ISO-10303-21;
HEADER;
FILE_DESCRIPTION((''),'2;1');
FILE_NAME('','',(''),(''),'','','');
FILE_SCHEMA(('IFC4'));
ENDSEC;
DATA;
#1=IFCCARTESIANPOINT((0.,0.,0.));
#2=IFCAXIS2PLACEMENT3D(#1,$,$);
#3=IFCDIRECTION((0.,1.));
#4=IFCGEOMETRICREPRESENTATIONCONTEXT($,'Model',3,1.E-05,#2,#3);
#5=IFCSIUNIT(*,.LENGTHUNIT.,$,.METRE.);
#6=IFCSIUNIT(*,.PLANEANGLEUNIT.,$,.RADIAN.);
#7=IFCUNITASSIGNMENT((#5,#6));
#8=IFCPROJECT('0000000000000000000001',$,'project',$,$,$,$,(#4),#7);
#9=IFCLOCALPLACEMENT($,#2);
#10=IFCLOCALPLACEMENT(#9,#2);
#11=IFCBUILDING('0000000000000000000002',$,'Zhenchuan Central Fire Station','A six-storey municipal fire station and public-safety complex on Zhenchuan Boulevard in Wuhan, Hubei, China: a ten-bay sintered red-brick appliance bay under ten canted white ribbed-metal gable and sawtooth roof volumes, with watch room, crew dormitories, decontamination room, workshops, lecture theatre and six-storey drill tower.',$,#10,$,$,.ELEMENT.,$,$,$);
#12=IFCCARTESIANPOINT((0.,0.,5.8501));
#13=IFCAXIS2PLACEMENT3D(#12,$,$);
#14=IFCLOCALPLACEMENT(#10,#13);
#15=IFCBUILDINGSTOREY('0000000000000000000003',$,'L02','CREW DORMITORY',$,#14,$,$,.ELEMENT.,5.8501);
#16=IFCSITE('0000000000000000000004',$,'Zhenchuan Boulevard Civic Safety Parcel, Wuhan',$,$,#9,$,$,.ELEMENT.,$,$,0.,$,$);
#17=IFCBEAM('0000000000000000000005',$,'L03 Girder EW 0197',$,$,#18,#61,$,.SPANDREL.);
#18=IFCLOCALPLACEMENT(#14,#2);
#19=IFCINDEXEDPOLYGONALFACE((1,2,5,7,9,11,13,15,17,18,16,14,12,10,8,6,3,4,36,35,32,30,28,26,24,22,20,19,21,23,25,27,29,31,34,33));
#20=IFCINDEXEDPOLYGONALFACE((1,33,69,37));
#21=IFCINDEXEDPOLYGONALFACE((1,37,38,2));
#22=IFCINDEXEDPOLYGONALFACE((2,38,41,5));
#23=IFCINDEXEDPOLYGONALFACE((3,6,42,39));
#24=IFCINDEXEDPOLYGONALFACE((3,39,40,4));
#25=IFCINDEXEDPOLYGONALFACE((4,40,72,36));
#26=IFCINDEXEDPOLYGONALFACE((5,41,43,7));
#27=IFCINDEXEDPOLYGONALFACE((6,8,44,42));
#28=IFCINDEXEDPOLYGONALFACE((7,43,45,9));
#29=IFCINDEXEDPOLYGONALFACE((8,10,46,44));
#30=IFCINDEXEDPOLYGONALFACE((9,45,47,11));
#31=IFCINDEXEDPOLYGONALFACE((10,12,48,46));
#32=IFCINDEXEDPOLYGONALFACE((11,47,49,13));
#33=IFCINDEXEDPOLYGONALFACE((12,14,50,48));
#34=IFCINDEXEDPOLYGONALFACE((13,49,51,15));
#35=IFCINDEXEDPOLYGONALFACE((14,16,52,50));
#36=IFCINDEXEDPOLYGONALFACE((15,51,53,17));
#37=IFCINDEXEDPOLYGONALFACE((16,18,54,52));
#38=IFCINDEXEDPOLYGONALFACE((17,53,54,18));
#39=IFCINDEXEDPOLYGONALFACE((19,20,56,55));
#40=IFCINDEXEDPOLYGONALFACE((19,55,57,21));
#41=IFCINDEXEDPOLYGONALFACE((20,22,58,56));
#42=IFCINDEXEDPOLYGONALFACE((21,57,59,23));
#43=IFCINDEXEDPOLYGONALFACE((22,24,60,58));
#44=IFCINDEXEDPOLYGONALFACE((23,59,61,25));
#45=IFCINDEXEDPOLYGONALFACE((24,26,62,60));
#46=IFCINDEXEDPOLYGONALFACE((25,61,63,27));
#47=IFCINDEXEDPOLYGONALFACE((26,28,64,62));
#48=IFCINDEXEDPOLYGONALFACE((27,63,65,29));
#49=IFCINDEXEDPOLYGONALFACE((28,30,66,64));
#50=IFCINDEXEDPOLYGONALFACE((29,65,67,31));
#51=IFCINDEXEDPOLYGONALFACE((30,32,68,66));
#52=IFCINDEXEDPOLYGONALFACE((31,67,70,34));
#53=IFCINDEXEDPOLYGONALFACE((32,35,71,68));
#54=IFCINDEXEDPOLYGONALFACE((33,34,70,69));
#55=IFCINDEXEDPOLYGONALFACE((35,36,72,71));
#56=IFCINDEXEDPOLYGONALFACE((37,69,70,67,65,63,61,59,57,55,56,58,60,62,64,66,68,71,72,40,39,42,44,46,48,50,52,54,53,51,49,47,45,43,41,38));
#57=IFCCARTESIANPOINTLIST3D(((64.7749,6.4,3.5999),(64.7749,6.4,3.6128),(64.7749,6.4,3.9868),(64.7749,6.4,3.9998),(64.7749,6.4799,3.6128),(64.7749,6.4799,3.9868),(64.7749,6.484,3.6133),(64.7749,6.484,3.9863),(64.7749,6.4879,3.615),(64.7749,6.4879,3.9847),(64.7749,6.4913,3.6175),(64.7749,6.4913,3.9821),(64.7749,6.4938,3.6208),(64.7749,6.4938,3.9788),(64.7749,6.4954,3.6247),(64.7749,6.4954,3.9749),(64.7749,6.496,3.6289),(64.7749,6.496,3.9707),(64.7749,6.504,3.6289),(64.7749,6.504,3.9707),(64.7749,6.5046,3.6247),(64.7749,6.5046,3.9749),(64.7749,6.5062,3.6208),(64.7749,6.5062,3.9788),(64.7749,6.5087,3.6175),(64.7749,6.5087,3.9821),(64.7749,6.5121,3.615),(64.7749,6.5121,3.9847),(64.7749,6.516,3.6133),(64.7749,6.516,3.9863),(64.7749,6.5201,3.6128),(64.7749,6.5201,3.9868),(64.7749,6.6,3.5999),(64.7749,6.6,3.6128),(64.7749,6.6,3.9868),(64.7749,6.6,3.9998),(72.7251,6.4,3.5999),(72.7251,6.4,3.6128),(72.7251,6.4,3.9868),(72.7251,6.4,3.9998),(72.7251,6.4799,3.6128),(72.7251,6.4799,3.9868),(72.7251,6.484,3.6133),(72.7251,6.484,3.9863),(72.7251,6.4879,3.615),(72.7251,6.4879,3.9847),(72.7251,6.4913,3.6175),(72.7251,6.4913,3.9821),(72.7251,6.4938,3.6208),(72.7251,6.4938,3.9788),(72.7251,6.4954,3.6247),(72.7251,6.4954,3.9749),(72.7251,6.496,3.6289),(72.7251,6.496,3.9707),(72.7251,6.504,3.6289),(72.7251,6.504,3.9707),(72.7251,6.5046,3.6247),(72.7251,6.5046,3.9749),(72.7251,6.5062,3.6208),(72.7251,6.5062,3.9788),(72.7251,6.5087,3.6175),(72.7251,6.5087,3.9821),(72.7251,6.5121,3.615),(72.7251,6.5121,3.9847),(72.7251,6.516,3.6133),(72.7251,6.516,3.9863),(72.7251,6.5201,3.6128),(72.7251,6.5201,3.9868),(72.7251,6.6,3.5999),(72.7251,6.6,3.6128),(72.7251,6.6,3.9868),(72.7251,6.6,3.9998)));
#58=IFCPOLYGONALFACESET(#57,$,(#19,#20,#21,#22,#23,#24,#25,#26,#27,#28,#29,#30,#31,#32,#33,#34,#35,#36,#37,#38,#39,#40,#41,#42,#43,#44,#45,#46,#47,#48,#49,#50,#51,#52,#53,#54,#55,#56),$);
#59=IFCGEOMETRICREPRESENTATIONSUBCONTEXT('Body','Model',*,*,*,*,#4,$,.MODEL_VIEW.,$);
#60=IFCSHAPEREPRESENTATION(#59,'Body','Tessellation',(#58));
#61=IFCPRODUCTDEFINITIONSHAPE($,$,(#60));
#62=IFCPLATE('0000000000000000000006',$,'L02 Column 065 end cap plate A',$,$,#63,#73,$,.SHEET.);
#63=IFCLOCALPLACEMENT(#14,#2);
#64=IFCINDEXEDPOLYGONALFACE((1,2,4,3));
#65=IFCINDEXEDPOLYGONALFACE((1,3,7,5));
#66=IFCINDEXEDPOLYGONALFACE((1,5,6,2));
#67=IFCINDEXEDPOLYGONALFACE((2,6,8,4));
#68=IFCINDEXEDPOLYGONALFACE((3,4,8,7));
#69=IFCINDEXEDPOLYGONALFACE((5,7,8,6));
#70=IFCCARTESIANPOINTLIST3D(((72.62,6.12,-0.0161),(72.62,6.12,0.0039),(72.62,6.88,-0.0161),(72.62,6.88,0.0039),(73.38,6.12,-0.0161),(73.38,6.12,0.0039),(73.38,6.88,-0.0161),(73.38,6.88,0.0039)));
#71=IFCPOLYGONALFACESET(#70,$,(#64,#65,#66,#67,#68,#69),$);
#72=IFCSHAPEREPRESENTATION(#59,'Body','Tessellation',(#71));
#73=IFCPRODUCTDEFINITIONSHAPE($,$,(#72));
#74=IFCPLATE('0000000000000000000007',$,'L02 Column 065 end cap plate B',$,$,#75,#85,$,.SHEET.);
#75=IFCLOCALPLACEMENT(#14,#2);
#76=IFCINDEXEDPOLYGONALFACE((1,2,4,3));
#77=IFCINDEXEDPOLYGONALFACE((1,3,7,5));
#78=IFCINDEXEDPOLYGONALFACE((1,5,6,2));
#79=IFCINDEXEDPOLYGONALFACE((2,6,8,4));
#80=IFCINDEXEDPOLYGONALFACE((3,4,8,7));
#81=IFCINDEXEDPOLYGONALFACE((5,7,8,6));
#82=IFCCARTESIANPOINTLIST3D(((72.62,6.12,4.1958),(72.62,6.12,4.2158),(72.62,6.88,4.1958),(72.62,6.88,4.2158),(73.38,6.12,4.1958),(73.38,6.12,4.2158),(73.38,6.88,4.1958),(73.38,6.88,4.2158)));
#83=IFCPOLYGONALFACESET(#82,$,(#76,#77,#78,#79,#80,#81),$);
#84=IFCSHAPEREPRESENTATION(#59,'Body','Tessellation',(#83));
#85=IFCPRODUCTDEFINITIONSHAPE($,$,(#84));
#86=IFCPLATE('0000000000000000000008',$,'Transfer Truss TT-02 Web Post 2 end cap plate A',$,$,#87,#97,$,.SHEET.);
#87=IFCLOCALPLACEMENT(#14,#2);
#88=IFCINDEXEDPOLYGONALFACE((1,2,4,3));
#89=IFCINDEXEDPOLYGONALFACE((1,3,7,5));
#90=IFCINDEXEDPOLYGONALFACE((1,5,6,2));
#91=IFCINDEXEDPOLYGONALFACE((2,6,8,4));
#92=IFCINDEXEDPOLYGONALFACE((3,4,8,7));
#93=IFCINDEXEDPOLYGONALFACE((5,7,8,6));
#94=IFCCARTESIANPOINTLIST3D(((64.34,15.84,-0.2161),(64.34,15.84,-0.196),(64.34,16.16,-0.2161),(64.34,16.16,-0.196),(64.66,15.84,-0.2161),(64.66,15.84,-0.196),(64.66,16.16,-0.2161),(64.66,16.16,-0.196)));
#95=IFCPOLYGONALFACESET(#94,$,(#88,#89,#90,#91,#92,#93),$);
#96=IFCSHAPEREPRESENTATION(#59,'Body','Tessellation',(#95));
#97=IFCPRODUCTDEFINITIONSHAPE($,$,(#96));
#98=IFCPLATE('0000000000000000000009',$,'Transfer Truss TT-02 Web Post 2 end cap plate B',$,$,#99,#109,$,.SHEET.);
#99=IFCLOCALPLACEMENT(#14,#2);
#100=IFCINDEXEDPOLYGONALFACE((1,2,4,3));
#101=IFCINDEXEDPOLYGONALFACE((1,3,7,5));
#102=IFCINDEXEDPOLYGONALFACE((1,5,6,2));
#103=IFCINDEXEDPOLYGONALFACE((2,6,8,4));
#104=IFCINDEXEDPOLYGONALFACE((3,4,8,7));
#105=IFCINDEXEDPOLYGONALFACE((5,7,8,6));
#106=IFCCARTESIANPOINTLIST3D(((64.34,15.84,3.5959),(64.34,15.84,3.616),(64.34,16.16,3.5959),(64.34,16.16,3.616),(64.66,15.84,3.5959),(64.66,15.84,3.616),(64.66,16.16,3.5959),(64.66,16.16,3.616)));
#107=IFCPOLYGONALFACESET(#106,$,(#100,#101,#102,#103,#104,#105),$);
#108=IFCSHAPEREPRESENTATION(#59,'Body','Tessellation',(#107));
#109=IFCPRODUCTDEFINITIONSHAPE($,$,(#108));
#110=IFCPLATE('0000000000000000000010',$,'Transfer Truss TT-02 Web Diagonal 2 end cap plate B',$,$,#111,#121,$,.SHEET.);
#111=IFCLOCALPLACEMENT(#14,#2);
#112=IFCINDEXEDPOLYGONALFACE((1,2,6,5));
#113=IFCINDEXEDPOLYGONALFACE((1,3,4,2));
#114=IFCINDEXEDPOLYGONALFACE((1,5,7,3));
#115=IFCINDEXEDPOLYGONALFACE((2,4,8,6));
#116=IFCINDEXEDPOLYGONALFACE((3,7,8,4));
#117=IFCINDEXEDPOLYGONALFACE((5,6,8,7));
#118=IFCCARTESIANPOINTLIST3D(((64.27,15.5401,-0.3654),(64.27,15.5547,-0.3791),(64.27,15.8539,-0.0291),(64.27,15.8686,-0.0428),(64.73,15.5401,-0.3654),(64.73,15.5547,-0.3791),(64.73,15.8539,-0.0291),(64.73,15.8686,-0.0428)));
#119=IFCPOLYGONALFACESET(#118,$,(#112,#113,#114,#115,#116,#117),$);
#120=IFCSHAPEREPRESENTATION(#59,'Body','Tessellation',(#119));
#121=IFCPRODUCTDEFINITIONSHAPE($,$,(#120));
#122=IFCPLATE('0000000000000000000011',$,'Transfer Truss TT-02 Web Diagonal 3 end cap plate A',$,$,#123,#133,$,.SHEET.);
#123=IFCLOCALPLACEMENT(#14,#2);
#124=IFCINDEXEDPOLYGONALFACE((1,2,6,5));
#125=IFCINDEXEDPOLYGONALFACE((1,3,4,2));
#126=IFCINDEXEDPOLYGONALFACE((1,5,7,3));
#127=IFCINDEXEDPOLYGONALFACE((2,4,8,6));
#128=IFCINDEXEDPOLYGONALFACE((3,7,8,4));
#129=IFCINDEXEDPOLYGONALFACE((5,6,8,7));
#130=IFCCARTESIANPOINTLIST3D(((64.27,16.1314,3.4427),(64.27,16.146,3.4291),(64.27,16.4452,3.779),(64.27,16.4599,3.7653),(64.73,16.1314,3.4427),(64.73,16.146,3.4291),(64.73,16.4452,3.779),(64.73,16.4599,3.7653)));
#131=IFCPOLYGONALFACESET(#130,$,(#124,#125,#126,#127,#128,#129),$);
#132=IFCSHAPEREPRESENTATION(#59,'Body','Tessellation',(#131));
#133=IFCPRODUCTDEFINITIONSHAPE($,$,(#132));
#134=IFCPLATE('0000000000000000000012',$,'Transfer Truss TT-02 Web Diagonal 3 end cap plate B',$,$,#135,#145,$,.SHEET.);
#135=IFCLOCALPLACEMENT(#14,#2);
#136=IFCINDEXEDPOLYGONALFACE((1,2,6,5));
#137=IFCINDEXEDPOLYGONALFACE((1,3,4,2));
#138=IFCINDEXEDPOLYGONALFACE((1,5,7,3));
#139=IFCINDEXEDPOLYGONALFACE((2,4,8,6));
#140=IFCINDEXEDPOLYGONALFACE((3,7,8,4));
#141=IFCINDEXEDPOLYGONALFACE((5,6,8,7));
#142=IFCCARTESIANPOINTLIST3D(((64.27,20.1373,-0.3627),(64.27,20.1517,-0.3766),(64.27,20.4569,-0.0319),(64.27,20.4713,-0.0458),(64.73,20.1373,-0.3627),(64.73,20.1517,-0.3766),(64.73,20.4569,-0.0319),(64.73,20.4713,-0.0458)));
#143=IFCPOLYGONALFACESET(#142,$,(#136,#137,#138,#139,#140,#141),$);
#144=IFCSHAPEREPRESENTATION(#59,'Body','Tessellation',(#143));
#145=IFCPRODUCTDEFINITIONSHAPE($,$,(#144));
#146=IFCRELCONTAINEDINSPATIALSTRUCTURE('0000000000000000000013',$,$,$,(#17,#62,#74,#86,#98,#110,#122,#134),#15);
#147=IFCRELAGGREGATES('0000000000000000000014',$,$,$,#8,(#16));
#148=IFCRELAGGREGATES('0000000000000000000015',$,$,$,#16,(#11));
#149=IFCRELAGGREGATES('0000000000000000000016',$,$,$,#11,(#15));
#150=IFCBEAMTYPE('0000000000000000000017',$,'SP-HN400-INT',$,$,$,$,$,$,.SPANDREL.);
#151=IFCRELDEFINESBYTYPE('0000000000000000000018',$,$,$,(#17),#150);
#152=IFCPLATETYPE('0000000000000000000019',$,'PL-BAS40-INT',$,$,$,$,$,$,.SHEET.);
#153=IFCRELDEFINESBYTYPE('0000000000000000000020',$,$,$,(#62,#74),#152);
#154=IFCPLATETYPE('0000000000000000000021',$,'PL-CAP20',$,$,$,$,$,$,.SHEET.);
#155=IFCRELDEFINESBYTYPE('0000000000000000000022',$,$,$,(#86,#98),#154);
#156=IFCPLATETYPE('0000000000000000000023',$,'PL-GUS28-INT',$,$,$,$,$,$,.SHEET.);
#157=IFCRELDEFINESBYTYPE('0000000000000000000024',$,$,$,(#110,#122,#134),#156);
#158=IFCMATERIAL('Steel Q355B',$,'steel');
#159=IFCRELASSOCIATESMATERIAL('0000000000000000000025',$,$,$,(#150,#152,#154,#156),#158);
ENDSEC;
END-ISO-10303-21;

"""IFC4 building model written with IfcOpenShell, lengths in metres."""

from ifc_helpers import new_model, si_unit, direction, frame, origin, origin_2d, place, context, subcontext, project, spatial, rectangle, i_section, extrude, material, material_profile, profile_set, type_object, element, save


model = new_model("IFC4")

# Units and contexts
model_context = context("Model", 3, precision=1e-05, world=origin(), true_north=direction((0.0, 1.0)))
body_context = subcontext(model_context, "Body", "Model", "MODEL_VIEW")
ifc_project = project(units=[si_unit("LENGTHUNIT", "METRE"), si_unit("PLANEANGLEUNIT", "RADIAN")], contexts=[model_context])

# Site, building, storey
site_placement = place(None, origin())
site = spatial("IfcSite", under=ifc_project, at=site_placement, Name="Zhenchuan Boulevard Civic Safety Parcel, Wuhan", CompositionType="ELEMENT", RefElevation=0.0)
building_placement = place(site_placement, origin())
building = spatial("IfcBuilding", under=site, at=building_placement, Name="Zhenchuan Central Fire Station", Description="A six-storey municipal fire station and public-safety complex on Zhenchuan Boulevard in Wuhan, Hubei, China: a ten-bay sintered red-brick appliance bay under ten canted white ribbed-metal gable and sawtooth roof volumes, with watch room, crew dormitories, decontamination room, workshops, lecture theatre and six-storey drill tower.", CompositionType="ELEMENT")
storey_placement = place(building_placement, frame((0.0, 0.0, 5.8501)))
storey = spatial("IfcBuildingStorey", under=building, at=storey_placement, Name="L02", Description="CREW DORMITORY", CompositionType="ELEMENT", Elevation=5.8501)

# Shared definitions
ifc_material_1 = material(Name="Steel Q355B", Category="steel")

# Beam
ifc_material_profile_1 = material_profile(ifc_material_1, i_section(OverallWidth=0.2, OverallDepth=0.3999, WebThickness=0.0081, FlangeThickness=0.0129, FilletRadius=0.0161, at=origin_2d()), Name="HN 400x200")
ifc_profile_set_1 = profile_set([ifc_material_profile_1], Name="Steel Q355B")
beam_type = type_object("IfcBeamType", Name="SP-HN400-INT", PredefinedType="SPANDREL", material=ifc_profile_set_1)
beam_placement = place(storey_placement, frame((64.7749, 6.5, 3.7998), z_axis=(1.0, 0.0, 0.0), x_axis=(0.0, 1.0, 0.0)))
element("IfcBeam", 1, at=beam_placement, inside=storey, type_object=beam_type, Name="L03 Girder EW 0197", PredefinedType="SPANDREL", context=body_context, shape_type="SweptSolid", body=[
    extrude(i_section(OverallWidth=0.2, OverallDepth=0.3999, WebThickness=0.0081, FlangeThickness=0.0129, FilletRadius=0.0161, at=origin_2d()), origin(), (0.0, 0.0, 1.0), 7.9502),
])

# Plates
ifc_material_profile_2 = material_profile(ifc_material_1, rectangle(XDim=0.76, YDim=0.76, at=origin_2d()), Name="PL 760x760x40")
ifc_profile_set_2 = profile_set([ifc_material_profile_2], Name="Steel Q355B")
plate_type_1 = type_object("IfcPlateType", Name="PL-BAS40-INT", PredefinedType="SHEET", material=ifc_profile_set_2)
for number, where, z_axis, x_axis, name in (
    (2, (73.0, 6.5, -0.0161), (0.0, 0.0, 1.0), (1.0, 0.0, 0.0), "L02 Column 065 end cap plate A"),
    (3, (73.0, 6.5, 4.1958), (0.0, 0.0, 1.0), (1.0, 0.0, 0.0), "L02 Column 065 end cap plate B"),
):
    element("IfcPlate", number, at=place(storey_placement, frame(where, z_axis=z_axis, x_axis=x_axis)), inside=storey, type_object=plate_type_1, Name=name, PredefinedType="SHEET", context=body_context, shape_type="SweptSolid", body=[
        extrude(rectangle(XDim=0.76, YDim=0.76, at=origin_2d()), origin(), (0.0, 0.0, 1.0), 0.02),
    ])
ifc_material_profile_3 = material_profile(ifc_material_1, rectangle(XDim=0.3201, YDim=0.3201, at=origin_2d()), Name="PL 320x320x20")
ifc_profile_set_3 = profile_set([ifc_material_profile_3], Name="Steel Q355B")
plate_type_2 = type_object("IfcPlateType", Name="PL-CAP20", PredefinedType="SHEET", material=ifc_profile_set_3)
for number, where, z_axis, x_axis, name in (
    (4, (64.5, 16.0, -0.2161), (0.0, 0.0, 1.0), (1.0, 0.0, 0.0), "Transfer Truss TT-02 Web Post 2 end cap plate A"),
    (5, (64.5, 16.0, 3.5959), (0.0, 0.0, 1.0), (1.0, 0.0, 0.0), "Transfer Truss TT-02 Web Post 2 end cap plate B"),
):
    element("IfcPlate", number, at=place(storey_placement, frame(where, z_axis=z_axis, x_axis=x_axis)), inside=storey, type_object=plate_type_2, Name=name, PredefinedType="SHEET", context=body_context, shape_type="SweptSolid", body=[
        extrude(rectangle(XDim=0.3201, YDim=0.3201, at=origin_2d()), origin(), (0.0, 0.0, 1.0), 0.02),
    ])
ifc_material_profile_4 = material_profile(ifc_material_1, rectangle(XDim=0.46, YDim=0.46, at=origin_2d()), Name="PL 460x460x28")
ifc_profile_set_4 = profile_set([ifc_material_profile_4], Name="Steel Q355B")
plate_type_3 = type_object("IfcPlateType", Name="PL-GUS28-INT", PredefinedType="SHEET", material=ifc_profile_set_4)
for number, where, z_axis, x_axis, name in (
    (6, (64.5, 15.697, -0.1973), (0.0, 0.731055, -0.682318), (-1.0, 0.0, 0.0), "Transfer Truss TT-02 Web Diagonal 2 end cap plate B"),
    (7, (64.5, 16.2883, 3.6108), (0.0, 0.731055, -0.682318), (-1.0, 0.0, 0.0), "Transfer Truss TT-02 Web Diagonal 3 end cap plate A"),
    (8, (64.5, 20.2971, -0.1973), (0.0, 0.719191, -0.694812), (-1.0, 0.0, 0.0), "Transfer Truss TT-02 Web Diagonal 3 end cap plate B"),
):
    element("IfcPlate", number, at=place(storey_placement, frame(where, z_axis=z_axis, x_axis=x_axis)), inside=storey, type_object=plate_type_3, Name=name, PredefinedType="SHEET", context=body_context, shape_type="SweptSolid", body=[
        extrude(rectangle(XDim=0.46, YDim=0.46, at=origin_2d()), origin(), (0.0, 0.0, 1.0), 0.02),
    ])

save(model, "model.ifc")
